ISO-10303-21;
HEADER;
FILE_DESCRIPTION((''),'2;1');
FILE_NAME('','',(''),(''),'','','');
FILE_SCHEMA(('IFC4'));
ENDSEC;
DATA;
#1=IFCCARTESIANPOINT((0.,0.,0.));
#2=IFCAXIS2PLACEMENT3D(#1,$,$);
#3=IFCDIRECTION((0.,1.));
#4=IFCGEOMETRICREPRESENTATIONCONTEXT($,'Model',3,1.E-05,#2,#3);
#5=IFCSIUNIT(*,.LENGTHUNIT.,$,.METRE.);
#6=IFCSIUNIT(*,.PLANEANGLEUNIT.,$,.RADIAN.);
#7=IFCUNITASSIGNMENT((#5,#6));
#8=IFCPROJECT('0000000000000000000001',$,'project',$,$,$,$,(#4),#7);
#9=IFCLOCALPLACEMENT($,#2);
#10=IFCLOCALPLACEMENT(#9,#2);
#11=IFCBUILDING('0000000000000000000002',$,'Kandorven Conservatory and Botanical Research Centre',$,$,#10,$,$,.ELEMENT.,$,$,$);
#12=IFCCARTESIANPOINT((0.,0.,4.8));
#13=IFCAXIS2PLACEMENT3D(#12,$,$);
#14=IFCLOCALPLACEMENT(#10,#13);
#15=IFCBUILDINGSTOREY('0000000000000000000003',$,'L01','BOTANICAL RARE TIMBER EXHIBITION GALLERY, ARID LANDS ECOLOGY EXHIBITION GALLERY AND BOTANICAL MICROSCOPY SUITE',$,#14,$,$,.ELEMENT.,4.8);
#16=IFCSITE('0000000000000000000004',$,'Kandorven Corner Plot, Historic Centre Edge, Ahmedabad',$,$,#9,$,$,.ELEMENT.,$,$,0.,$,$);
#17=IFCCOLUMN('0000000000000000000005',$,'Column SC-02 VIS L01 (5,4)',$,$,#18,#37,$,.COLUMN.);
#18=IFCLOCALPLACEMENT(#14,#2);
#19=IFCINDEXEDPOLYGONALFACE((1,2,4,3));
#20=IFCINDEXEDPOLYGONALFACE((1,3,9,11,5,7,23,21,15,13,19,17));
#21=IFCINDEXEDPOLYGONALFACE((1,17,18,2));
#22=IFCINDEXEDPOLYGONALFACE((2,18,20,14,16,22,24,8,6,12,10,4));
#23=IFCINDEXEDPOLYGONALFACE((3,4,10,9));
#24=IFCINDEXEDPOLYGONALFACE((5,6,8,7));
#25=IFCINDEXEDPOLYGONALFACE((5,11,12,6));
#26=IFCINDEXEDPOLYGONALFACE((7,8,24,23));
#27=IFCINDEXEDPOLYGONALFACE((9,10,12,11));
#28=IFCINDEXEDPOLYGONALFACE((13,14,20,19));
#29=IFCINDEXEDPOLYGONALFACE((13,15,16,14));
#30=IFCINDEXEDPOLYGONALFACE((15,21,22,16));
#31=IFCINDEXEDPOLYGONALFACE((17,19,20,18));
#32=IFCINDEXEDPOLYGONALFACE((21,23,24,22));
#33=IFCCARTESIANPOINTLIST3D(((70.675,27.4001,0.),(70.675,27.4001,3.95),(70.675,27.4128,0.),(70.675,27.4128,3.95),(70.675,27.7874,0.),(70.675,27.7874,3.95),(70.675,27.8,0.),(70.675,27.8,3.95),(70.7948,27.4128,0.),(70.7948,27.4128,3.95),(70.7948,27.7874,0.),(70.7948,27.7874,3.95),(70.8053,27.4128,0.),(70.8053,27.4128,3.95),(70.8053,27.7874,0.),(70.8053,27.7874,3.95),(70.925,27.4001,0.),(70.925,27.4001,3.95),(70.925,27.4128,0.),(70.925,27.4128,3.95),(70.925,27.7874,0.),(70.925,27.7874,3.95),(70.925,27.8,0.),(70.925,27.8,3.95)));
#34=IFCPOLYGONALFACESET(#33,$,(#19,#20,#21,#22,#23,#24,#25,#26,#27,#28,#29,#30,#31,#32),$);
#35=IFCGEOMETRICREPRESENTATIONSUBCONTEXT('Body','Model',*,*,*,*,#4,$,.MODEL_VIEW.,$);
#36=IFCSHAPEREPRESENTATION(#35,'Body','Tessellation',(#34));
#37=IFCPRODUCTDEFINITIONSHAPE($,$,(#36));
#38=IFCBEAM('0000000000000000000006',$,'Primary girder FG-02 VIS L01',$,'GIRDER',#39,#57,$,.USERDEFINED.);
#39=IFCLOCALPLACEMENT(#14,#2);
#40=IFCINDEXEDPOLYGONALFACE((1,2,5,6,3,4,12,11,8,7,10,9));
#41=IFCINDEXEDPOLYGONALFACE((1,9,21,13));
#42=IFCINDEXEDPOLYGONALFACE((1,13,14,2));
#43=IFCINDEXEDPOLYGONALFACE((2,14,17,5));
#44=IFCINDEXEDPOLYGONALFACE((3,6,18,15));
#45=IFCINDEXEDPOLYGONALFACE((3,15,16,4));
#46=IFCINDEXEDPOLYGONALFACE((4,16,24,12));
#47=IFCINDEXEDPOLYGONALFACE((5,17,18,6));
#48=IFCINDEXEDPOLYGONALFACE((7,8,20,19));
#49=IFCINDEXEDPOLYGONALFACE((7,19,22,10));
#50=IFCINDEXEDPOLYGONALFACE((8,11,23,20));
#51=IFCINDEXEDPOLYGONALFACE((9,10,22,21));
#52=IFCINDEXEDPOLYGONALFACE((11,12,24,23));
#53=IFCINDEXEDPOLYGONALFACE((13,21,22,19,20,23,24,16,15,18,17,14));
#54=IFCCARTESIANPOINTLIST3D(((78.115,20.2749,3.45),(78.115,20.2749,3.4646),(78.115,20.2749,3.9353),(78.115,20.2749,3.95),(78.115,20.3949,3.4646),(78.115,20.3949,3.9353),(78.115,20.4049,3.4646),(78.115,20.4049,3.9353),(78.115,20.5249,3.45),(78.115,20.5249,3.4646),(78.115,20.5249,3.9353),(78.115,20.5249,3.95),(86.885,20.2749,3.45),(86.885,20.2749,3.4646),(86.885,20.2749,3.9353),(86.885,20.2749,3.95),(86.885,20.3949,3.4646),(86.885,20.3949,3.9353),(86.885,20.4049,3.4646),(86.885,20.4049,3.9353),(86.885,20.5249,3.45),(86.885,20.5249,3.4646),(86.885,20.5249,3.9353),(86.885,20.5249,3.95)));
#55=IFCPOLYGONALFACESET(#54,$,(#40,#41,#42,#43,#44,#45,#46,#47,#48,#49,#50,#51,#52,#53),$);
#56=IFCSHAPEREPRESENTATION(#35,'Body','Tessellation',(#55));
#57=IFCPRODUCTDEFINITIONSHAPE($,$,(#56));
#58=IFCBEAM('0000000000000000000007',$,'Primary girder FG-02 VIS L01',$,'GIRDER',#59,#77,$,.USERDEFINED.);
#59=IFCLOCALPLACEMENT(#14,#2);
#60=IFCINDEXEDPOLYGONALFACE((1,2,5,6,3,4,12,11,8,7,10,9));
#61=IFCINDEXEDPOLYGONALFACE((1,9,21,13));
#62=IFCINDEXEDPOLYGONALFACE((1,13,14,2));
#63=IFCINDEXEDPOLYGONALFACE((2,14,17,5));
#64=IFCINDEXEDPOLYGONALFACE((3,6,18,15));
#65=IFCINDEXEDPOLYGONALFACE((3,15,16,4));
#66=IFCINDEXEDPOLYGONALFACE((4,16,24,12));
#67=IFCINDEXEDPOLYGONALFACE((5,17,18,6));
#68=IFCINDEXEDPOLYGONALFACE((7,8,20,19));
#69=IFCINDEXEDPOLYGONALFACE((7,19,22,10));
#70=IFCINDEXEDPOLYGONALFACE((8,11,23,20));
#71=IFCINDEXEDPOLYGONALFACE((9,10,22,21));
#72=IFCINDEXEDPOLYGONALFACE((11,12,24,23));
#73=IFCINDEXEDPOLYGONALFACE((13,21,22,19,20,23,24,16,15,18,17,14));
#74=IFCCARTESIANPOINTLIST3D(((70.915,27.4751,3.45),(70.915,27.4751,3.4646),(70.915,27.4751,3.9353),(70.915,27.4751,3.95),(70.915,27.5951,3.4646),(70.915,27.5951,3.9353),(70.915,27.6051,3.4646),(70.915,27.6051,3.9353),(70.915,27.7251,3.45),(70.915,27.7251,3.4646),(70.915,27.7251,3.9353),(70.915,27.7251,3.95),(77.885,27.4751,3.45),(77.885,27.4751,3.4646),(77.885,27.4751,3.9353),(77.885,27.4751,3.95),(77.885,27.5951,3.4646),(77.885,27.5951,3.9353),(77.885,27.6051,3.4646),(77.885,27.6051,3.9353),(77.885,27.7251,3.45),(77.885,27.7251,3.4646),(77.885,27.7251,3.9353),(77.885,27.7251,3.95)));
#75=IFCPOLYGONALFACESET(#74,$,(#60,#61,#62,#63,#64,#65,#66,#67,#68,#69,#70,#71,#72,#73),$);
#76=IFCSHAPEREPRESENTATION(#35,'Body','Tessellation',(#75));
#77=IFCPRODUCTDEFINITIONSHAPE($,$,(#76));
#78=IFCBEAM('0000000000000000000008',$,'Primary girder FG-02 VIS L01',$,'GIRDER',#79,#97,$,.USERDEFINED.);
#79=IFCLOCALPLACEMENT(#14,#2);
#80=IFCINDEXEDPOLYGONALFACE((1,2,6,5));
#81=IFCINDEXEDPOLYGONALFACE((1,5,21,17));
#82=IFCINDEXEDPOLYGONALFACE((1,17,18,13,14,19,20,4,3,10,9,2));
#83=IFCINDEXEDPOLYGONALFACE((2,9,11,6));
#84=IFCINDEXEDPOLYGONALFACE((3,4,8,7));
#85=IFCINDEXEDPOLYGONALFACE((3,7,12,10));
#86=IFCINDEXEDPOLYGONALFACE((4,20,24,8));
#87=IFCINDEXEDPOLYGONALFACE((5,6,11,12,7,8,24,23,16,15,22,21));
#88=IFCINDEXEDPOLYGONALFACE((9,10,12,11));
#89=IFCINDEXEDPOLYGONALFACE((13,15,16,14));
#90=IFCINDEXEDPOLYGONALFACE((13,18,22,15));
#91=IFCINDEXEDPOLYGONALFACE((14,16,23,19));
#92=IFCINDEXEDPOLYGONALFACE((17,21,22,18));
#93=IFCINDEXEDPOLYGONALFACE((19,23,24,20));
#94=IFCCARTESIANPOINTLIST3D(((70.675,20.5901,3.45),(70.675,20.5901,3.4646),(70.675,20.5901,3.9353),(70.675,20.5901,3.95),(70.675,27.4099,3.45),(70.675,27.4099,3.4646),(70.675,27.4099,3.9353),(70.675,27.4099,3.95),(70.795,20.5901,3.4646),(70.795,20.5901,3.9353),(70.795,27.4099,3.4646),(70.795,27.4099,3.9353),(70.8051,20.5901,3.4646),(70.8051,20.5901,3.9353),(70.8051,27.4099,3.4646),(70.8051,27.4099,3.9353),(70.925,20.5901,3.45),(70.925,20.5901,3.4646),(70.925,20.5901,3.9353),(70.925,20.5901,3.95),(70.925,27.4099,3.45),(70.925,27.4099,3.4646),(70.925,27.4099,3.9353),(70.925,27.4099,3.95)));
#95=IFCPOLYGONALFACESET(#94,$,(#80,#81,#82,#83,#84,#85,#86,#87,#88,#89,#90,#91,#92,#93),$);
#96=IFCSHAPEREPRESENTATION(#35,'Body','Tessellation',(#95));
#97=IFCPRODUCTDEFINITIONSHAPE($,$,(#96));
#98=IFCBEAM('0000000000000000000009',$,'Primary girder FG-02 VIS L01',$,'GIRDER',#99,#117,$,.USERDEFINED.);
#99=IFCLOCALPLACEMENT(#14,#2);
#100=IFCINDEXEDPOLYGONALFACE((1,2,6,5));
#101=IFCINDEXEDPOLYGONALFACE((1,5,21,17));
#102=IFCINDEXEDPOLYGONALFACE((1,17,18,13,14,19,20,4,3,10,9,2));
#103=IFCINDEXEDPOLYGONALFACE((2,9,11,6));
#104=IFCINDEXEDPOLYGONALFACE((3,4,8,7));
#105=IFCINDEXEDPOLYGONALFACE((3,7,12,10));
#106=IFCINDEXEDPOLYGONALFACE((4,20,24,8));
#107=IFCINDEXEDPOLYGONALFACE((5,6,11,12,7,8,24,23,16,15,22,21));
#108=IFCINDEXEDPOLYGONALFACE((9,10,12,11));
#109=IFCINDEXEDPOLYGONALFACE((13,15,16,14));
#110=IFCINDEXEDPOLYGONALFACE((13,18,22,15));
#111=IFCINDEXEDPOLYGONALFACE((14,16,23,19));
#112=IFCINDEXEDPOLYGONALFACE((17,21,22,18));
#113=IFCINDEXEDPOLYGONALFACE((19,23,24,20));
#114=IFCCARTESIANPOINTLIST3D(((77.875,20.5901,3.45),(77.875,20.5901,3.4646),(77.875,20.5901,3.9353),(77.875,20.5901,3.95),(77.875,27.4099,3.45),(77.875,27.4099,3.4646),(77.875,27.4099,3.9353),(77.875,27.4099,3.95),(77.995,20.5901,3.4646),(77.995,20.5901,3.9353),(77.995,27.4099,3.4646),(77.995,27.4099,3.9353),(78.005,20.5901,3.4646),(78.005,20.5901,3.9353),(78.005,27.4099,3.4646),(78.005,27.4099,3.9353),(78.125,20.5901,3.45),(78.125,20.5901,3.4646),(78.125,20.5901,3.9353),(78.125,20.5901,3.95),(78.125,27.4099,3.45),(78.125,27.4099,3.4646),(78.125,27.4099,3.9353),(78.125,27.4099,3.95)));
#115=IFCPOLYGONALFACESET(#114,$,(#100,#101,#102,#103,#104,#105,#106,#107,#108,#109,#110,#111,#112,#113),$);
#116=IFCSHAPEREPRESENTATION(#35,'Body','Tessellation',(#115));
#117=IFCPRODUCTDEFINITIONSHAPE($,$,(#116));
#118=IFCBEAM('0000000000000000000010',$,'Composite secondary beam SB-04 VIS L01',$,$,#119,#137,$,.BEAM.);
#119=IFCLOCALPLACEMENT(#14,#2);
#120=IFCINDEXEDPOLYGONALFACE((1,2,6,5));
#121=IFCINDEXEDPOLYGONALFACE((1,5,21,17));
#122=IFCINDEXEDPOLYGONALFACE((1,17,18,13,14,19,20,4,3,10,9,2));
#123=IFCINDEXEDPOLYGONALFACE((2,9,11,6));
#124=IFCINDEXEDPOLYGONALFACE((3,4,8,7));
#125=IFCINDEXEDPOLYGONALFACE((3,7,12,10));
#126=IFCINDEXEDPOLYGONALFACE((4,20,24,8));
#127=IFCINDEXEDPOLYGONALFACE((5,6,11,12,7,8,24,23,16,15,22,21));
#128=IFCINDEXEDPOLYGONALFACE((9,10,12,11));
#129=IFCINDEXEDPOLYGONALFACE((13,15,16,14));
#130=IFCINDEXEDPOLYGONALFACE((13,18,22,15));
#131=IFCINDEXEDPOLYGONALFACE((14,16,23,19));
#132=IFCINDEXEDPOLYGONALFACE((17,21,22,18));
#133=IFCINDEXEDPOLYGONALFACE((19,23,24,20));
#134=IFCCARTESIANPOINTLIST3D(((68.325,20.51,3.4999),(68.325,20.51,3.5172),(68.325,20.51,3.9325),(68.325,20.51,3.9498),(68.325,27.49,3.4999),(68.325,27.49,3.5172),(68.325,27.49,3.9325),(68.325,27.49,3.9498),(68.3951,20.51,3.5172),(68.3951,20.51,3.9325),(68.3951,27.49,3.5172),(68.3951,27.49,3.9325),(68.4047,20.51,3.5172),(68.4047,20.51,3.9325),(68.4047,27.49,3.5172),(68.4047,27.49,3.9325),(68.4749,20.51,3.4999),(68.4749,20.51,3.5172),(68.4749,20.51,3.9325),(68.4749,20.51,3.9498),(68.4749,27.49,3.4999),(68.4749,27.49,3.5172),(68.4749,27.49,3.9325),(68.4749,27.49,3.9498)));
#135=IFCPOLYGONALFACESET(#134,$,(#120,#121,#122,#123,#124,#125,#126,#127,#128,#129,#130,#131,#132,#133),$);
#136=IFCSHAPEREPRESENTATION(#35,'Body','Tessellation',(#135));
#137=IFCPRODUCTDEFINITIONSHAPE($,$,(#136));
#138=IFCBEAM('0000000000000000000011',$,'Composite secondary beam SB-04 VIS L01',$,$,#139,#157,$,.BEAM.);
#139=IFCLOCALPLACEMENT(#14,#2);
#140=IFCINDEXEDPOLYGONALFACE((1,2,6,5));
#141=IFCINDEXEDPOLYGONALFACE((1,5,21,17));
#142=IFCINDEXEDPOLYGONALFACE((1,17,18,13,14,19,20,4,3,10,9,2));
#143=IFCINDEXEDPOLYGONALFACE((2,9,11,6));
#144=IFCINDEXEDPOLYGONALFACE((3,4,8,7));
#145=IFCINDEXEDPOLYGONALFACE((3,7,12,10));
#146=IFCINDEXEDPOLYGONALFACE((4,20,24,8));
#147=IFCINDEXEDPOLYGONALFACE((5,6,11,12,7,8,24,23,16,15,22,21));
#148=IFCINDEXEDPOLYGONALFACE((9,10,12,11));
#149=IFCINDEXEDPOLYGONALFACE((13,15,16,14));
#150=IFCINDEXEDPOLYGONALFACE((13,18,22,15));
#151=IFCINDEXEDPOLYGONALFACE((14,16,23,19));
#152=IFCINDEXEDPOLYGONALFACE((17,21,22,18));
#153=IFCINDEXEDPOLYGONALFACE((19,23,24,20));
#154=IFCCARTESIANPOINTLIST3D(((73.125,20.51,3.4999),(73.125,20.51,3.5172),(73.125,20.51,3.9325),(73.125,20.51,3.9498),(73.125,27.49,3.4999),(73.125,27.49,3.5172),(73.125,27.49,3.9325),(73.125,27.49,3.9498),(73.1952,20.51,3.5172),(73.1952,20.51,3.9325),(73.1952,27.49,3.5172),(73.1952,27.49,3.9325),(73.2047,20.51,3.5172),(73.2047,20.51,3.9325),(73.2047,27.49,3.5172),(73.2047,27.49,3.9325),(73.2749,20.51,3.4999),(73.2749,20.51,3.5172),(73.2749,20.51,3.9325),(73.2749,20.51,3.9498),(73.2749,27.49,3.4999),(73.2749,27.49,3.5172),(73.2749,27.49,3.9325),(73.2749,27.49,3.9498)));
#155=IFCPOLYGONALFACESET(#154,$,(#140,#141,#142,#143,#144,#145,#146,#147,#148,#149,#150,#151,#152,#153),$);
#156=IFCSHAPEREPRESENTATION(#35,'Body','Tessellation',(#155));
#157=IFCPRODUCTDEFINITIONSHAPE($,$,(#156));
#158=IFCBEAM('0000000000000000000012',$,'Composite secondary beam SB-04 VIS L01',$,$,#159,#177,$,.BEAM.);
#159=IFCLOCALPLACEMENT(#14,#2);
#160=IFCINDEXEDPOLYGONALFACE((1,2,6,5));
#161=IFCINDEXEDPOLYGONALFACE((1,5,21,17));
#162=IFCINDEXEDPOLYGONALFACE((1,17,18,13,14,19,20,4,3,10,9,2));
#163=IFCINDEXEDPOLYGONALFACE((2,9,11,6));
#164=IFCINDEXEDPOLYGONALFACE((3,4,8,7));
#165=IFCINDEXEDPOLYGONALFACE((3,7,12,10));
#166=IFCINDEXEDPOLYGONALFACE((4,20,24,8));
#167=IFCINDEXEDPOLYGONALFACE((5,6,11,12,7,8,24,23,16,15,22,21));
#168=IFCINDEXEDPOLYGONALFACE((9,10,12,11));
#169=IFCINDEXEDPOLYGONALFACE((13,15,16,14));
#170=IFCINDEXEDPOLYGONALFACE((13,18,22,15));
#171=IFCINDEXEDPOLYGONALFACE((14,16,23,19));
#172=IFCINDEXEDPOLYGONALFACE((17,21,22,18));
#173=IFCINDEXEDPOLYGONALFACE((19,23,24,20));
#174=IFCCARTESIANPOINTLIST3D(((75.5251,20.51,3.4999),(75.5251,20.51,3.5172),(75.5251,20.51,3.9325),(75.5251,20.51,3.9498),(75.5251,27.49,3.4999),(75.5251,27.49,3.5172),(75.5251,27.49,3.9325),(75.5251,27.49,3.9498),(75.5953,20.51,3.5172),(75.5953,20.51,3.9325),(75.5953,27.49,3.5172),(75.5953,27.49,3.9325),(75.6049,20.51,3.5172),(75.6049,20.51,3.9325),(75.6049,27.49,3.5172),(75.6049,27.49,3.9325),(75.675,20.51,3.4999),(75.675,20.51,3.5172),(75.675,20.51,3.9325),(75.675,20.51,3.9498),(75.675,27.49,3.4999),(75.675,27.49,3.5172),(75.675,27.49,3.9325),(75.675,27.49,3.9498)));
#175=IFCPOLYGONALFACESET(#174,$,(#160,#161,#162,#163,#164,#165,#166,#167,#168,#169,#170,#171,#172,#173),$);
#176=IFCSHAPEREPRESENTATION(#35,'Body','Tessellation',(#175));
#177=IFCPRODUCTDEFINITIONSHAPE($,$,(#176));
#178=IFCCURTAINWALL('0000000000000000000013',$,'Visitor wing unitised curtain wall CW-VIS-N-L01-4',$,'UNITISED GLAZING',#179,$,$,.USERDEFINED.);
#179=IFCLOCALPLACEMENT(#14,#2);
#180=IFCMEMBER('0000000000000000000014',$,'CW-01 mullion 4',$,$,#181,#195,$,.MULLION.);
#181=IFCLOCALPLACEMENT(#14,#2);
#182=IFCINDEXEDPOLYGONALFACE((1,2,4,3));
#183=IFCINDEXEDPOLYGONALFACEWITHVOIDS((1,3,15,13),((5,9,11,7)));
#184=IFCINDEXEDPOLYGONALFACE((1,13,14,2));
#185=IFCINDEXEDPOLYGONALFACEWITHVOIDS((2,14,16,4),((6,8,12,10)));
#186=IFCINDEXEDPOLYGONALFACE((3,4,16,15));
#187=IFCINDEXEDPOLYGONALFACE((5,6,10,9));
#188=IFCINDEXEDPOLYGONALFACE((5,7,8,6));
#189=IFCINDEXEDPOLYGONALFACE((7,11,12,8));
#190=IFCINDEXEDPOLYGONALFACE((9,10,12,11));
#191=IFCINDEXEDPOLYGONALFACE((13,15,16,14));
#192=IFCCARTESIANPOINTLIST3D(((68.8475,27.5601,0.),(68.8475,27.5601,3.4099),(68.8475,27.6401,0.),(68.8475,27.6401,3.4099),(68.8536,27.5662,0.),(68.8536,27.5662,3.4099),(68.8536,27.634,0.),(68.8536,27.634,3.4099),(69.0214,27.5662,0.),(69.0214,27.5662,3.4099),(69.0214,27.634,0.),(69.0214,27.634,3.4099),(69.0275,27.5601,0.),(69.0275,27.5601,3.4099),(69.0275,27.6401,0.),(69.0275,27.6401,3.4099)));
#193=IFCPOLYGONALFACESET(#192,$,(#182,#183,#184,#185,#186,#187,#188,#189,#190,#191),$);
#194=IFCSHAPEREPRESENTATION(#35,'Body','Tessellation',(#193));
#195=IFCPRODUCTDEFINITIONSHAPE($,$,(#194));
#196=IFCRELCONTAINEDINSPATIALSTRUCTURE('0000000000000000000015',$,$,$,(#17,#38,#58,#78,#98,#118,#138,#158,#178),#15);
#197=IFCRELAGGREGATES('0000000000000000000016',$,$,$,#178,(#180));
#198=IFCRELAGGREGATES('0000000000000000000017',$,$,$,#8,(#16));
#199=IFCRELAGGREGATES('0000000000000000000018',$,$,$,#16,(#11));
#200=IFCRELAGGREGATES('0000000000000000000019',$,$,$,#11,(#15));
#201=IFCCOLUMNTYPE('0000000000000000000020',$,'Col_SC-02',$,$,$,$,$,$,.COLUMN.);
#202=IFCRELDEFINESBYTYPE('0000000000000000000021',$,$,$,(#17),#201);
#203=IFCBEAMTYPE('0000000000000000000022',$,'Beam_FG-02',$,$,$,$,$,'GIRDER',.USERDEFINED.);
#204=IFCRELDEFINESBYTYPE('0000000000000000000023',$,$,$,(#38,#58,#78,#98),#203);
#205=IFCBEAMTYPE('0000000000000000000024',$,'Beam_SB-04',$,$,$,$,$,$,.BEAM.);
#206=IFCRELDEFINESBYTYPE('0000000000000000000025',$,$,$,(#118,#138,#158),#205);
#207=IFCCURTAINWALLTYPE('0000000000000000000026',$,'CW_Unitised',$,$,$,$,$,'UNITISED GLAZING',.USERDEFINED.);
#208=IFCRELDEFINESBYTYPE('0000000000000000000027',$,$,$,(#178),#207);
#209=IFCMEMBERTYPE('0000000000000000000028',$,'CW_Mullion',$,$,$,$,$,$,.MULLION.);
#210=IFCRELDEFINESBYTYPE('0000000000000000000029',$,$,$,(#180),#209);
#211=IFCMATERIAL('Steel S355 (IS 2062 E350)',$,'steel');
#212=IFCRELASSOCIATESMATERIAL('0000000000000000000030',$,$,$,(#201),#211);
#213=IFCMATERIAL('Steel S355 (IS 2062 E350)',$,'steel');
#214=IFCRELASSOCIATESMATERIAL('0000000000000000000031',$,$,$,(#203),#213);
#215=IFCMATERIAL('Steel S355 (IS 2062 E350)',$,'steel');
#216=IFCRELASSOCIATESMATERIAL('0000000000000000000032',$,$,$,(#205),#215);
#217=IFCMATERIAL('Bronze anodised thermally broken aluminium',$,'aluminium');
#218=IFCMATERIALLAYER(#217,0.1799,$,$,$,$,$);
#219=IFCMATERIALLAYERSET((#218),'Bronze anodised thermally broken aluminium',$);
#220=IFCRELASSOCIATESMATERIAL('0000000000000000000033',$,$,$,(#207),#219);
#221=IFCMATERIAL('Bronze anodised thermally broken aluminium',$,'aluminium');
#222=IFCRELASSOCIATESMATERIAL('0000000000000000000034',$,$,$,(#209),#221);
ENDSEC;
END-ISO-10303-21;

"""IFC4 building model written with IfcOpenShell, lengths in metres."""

from ifc_helpers import new_model, si_unit, direction, frame, origin, origin_2d, place, context, subcontext, project, spatial, hollow_rectangle, i_section, extrude, material, layer, layer_set, material_profile, profile_set, type_object, element, aggregate, save


model = new_model("IFC4")

# Units and contexts
model_context = context("Model", 3, precision=1e-05, world=origin(), true_north=direction((0.0, 1.0)))
body_context = subcontext(model_context, "Body", "Model", "MODEL_VIEW")
ifc_project = project(units=[si_unit("LENGTHUNIT", "METRE"), si_unit("PLANEANGLEUNIT", "RADIAN")], contexts=[model_context])

# Site, building, storey
site_placement = place(None, origin())
site = spatial("IfcSite", under=ifc_project, at=site_placement, Name="Kandorven Corner Plot, Historic Centre Edge, Ahmedabad", CompositionType="ELEMENT", RefElevation=0.0)
building_placement = place(site_placement, origin())
building = spatial("IfcBuilding", under=site, at=building_placement, Name="Kandorven Conservatory and Botanical Research Centre", CompositionType="ELEMENT")
storey_placement = place(building_placement, frame((0.0, 0.0, 4.8)))
storey = spatial("IfcBuildingStorey", under=building, at=storey_placement, Name="L01", Description="BOTANICAL RARE TIMBER EXHIBITION GALLERY, ARID LANDS ECOLOGY EXHIBITION GALLERY AND BOTANICAL MICROSCOPY SUITE", CompositionType="ELEMENT", Elevation=4.8)

# Column
ifc_material_1 = material(Name="Steel S355 (IS 2062 E350)", Category="steel")
ifc_material_profile_1 = material_profile(ifc_material_1, i_section(OverallWidth=0.25, OverallDepth=0.3999, WebThickness=0.0105, FlangeThickness=0.0127, at=origin_2d()))
ifc_profile_set_1 = profile_set([ifc_material_profile_1], Name="Steel S355 (IS 2062 E350)")
column_type = type_object("IfcColumnType", Name="Col_SC-02", PredefinedType="COLUMN", material=ifc_profile_set_1)
column_placement = place(storey_placement, frame((70.8, 27.6001, 0.0), z_axis=(0.0, 0.0, 1.0), x_axis=(1.0, 0.0, 0.0)))
element("IfcColumn", 1, at=column_placement, inside=storey, type_object=column_type, Name="Column SC-02 VIS L01 (5,4)", PredefinedType="COLUMN", context=body_context, shape_type="SweptSolid", body=[
    extrude(i_section(OverallWidth=0.25, OverallDepth=0.3999, WebThickness=0.0105, FlangeThickness=0.0127, at=origin_2d()), origin(), (0.0, 0.0, 1.0), 3.95),
])

# Beams
ifc_material_2 = material(Name="Steel S355 (IS 2062 E350)", Category="steel")
ifc_material_profile_2 = material_profile(ifc_material_2, i_section(OverallWidth=0.25, OverallDepth=0.5, WebThickness=0.01, FlangeThickness=0.0146, at=origin_2d()))
ifc_profile_set_2 = profile_set([ifc_material_profile_2], Name="Steel S355 (IS 2062 E350)")
beam_type_1 = type_object("IfcBeamType", Name="Beam_FG-02", ElementType="GIRDER", PredefinedType="USERDEFINED", material=ifc_profile_set_2)
beam_1_placement = place(storey_placement, frame((78.115, 20.3999, 3.7), z_axis=(1.0, 0.0, 0.0), x_axis=(0.0, 1.0, 0.0)))
element("IfcBeam", 2, at=beam_1_placement, inside=storey, type_object=beam_type_1, Name="Primary girder FG-02 VIS L01", ObjectType="GIRDER", PredefinedType="USERDEFINED", context=body_context, shape_type="SweptSolid", body=[
    extrude(i_section(OverallWidth=0.25, OverallDepth=0.5, WebThickness=0.01, FlangeThickness=0.0146, at=origin_2d()), origin(), (0.0, 0.0, 1.0), 8.77),
])
beam_2_placement = place(storey_placement, frame((70.915, 27.6001, 3.7), z_axis=(1.0, 0.0, 0.0), x_axis=(0.0, 1.0, 0.0)))
element("IfcBeam", 3, at=beam_2_placement, inside=storey, type_object=beam_type_1, Name="Primary girder FG-02 VIS L01", ObjectType="GIRDER", PredefinedType="USERDEFINED", context=body_context, shape_type="SweptSolid", body=[
    extrude(i_section(OverallWidth=0.25, OverallDepth=0.5, WebThickness=0.01, FlangeThickness=0.0146, at=origin_2d()), origin(), (0.0, 0.0, 1.0), 6.97),
])
for number, where, z_axis, x_axis, name in (
    (4, (70.8, 20.5901, 3.7), (0.0, 1.0, 0.0), (-1.0, 0.0, 0.0), "Primary girder FG-02 VIS L01"),
    (5, (78.0, 20.5901, 3.7), (0.0, 1.0, 0.0), (-1.0, 0.0, 0.0), "Primary girder FG-02 VIS L01"),
):
    element("IfcBeam", number, at=place(storey_placement, frame(where, z_axis=z_axis, x_axis=x_axis)), inside=storey, type_object=beam_type_1, Name=name, ObjectType="GIRDER", PredefinedType="USERDEFINED", context=body_context, shape_type="SweptSolid", body=[
        extrude(i_section(OverallWidth=0.25, OverallDepth=0.5, WebThickness=0.01, FlangeThickness=0.0146, at=origin_2d()), origin(), (0.0, 0.0, 1.0), 6.8198),
    ])
ifc_material_3 = material(Name="Steel S355 (IS 2062 E350)", Category="steel")
ifc_material_profile_3 = material_profile(ifc_material_3, i_section(OverallWidth=0.1499, OverallDepth=0.45, WebThickness=0.0095, FlangeThickness=0.0173, at=origin_2d()))
ifc_profile_set_3 = profile_set([ifc_material_profile_3], Name="Steel S355 (IS 2062 E350)")
beam_type_2 = type_object("IfcBeamType", Name="Beam_SB-04", PredefinedType="BEAM", material=ifc_profile_set_3)
for number, where, z_axis, x_axis, name in (
    (6, (68.3999, 20.51, 3.7249), (0.0, 1.0, 0.0), (-1.0, 0.0, 0.0), "Composite secondary beam SB-04 VIS L01"),
    (7, (73.2, 20.51, 3.7249), (0.0, 1.0, 0.0), (-1.0, 0.0, 0.0), "Composite secondary beam SB-04 VIS L01"),
    (8, (75.6001, 20.51, 3.7249), (0.0, 1.0, 0.0), (-1.0, 0.0, 0.0), "Composite secondary beam SB-04 VIS L01"),
):
    element("IfcBeam", number, at=place(storey_placement, frame(where, z_axis=z_axis, x_axis=x_axis)), inside=storey, type_object=beam_type_2, Name=name, PredefinedType="BEAM", context=body_context, shape_type="SweptSolid", body=[
        extrude(i_section(OverallWidth=0.1499, OverallDepth=0.45, WebThickness=0.0095, FlangeThickness=0.0173, at=origin_2d()), origin(), (0.0, 0.0, 1.0), 6.98),
    ])

# Curtain wall, member
ifc_material_4 = material(Name="Bronze anodised thermally broken aluminium", Category="aluminium")
ifc_layer_1 = layer(ifc_material_4, 0.1799)
ifc_layer_set_1 = layer_set([ifc_layer_1], Name="Bronze anodised thermally broken aluminium")
curtain_wall_type = type_object("IfcCurtainWallType", Name="CW_Unitised", ElementType="UNITISED GLAZING", PredefinedType="USERDEFINED", material=ifc_layer_set_1)
curtain_wall_1_placement = place(storey_placement, origin())
curtain_wall_1 = element("IfcCurtainWall", 9, at=curtain_wall_1_placement, inside=storey, type_object=curtain_wall_type, Name="Visitor wing unitised curtain wall CW-VIS-N-L01-4", ObjectType="UNITISED GLAZING", PredefinedType="USERDEFINED")
ifc_material_5 = material(Name="Bronze anodised thermally broken aluminium", Category="aluminium")
ifc_material_profile_4 = material_profile(ifc_material_5, hollow_rectangle(XDim=0.0801, YDim=0.1799, WallThickness=0.0061, at=origin_2d()))
ifc_profile_set_4 = profile_set([ifc_material_profile_4], Name="Bronze anodised thermally broken aluminium")
member_type_1 = type_object("IfcMemberType", Name="CW_Mullion", PredefinedType="MULLION", material=ifc_profile_set_4)
member_1_placement = place(storey_placement, frame((68.9375, 27.6001, 0.0), z_axis=(0.0, 0.0, 1.0), x_axis=(0.0, 1.0, 0.0)))
member_1 = element("IfcMember", 10, at=member_1_placement, type_object=member_type_1, Name="CW-01 mullion 4", PredefinedType="MULLION", context=body_context, shape_type="SweptSolid", body=[
    extrude(hollow_rectangle(XDim=0.0801, YDim=0.1799, WallThickness=0.0061, at=origin_2d()), origin(), (0.0, 0.0, 1.0), 3.4099),
])

aggregate(curtain_wall_1, [member_1])

save(model, "model.ifc")
